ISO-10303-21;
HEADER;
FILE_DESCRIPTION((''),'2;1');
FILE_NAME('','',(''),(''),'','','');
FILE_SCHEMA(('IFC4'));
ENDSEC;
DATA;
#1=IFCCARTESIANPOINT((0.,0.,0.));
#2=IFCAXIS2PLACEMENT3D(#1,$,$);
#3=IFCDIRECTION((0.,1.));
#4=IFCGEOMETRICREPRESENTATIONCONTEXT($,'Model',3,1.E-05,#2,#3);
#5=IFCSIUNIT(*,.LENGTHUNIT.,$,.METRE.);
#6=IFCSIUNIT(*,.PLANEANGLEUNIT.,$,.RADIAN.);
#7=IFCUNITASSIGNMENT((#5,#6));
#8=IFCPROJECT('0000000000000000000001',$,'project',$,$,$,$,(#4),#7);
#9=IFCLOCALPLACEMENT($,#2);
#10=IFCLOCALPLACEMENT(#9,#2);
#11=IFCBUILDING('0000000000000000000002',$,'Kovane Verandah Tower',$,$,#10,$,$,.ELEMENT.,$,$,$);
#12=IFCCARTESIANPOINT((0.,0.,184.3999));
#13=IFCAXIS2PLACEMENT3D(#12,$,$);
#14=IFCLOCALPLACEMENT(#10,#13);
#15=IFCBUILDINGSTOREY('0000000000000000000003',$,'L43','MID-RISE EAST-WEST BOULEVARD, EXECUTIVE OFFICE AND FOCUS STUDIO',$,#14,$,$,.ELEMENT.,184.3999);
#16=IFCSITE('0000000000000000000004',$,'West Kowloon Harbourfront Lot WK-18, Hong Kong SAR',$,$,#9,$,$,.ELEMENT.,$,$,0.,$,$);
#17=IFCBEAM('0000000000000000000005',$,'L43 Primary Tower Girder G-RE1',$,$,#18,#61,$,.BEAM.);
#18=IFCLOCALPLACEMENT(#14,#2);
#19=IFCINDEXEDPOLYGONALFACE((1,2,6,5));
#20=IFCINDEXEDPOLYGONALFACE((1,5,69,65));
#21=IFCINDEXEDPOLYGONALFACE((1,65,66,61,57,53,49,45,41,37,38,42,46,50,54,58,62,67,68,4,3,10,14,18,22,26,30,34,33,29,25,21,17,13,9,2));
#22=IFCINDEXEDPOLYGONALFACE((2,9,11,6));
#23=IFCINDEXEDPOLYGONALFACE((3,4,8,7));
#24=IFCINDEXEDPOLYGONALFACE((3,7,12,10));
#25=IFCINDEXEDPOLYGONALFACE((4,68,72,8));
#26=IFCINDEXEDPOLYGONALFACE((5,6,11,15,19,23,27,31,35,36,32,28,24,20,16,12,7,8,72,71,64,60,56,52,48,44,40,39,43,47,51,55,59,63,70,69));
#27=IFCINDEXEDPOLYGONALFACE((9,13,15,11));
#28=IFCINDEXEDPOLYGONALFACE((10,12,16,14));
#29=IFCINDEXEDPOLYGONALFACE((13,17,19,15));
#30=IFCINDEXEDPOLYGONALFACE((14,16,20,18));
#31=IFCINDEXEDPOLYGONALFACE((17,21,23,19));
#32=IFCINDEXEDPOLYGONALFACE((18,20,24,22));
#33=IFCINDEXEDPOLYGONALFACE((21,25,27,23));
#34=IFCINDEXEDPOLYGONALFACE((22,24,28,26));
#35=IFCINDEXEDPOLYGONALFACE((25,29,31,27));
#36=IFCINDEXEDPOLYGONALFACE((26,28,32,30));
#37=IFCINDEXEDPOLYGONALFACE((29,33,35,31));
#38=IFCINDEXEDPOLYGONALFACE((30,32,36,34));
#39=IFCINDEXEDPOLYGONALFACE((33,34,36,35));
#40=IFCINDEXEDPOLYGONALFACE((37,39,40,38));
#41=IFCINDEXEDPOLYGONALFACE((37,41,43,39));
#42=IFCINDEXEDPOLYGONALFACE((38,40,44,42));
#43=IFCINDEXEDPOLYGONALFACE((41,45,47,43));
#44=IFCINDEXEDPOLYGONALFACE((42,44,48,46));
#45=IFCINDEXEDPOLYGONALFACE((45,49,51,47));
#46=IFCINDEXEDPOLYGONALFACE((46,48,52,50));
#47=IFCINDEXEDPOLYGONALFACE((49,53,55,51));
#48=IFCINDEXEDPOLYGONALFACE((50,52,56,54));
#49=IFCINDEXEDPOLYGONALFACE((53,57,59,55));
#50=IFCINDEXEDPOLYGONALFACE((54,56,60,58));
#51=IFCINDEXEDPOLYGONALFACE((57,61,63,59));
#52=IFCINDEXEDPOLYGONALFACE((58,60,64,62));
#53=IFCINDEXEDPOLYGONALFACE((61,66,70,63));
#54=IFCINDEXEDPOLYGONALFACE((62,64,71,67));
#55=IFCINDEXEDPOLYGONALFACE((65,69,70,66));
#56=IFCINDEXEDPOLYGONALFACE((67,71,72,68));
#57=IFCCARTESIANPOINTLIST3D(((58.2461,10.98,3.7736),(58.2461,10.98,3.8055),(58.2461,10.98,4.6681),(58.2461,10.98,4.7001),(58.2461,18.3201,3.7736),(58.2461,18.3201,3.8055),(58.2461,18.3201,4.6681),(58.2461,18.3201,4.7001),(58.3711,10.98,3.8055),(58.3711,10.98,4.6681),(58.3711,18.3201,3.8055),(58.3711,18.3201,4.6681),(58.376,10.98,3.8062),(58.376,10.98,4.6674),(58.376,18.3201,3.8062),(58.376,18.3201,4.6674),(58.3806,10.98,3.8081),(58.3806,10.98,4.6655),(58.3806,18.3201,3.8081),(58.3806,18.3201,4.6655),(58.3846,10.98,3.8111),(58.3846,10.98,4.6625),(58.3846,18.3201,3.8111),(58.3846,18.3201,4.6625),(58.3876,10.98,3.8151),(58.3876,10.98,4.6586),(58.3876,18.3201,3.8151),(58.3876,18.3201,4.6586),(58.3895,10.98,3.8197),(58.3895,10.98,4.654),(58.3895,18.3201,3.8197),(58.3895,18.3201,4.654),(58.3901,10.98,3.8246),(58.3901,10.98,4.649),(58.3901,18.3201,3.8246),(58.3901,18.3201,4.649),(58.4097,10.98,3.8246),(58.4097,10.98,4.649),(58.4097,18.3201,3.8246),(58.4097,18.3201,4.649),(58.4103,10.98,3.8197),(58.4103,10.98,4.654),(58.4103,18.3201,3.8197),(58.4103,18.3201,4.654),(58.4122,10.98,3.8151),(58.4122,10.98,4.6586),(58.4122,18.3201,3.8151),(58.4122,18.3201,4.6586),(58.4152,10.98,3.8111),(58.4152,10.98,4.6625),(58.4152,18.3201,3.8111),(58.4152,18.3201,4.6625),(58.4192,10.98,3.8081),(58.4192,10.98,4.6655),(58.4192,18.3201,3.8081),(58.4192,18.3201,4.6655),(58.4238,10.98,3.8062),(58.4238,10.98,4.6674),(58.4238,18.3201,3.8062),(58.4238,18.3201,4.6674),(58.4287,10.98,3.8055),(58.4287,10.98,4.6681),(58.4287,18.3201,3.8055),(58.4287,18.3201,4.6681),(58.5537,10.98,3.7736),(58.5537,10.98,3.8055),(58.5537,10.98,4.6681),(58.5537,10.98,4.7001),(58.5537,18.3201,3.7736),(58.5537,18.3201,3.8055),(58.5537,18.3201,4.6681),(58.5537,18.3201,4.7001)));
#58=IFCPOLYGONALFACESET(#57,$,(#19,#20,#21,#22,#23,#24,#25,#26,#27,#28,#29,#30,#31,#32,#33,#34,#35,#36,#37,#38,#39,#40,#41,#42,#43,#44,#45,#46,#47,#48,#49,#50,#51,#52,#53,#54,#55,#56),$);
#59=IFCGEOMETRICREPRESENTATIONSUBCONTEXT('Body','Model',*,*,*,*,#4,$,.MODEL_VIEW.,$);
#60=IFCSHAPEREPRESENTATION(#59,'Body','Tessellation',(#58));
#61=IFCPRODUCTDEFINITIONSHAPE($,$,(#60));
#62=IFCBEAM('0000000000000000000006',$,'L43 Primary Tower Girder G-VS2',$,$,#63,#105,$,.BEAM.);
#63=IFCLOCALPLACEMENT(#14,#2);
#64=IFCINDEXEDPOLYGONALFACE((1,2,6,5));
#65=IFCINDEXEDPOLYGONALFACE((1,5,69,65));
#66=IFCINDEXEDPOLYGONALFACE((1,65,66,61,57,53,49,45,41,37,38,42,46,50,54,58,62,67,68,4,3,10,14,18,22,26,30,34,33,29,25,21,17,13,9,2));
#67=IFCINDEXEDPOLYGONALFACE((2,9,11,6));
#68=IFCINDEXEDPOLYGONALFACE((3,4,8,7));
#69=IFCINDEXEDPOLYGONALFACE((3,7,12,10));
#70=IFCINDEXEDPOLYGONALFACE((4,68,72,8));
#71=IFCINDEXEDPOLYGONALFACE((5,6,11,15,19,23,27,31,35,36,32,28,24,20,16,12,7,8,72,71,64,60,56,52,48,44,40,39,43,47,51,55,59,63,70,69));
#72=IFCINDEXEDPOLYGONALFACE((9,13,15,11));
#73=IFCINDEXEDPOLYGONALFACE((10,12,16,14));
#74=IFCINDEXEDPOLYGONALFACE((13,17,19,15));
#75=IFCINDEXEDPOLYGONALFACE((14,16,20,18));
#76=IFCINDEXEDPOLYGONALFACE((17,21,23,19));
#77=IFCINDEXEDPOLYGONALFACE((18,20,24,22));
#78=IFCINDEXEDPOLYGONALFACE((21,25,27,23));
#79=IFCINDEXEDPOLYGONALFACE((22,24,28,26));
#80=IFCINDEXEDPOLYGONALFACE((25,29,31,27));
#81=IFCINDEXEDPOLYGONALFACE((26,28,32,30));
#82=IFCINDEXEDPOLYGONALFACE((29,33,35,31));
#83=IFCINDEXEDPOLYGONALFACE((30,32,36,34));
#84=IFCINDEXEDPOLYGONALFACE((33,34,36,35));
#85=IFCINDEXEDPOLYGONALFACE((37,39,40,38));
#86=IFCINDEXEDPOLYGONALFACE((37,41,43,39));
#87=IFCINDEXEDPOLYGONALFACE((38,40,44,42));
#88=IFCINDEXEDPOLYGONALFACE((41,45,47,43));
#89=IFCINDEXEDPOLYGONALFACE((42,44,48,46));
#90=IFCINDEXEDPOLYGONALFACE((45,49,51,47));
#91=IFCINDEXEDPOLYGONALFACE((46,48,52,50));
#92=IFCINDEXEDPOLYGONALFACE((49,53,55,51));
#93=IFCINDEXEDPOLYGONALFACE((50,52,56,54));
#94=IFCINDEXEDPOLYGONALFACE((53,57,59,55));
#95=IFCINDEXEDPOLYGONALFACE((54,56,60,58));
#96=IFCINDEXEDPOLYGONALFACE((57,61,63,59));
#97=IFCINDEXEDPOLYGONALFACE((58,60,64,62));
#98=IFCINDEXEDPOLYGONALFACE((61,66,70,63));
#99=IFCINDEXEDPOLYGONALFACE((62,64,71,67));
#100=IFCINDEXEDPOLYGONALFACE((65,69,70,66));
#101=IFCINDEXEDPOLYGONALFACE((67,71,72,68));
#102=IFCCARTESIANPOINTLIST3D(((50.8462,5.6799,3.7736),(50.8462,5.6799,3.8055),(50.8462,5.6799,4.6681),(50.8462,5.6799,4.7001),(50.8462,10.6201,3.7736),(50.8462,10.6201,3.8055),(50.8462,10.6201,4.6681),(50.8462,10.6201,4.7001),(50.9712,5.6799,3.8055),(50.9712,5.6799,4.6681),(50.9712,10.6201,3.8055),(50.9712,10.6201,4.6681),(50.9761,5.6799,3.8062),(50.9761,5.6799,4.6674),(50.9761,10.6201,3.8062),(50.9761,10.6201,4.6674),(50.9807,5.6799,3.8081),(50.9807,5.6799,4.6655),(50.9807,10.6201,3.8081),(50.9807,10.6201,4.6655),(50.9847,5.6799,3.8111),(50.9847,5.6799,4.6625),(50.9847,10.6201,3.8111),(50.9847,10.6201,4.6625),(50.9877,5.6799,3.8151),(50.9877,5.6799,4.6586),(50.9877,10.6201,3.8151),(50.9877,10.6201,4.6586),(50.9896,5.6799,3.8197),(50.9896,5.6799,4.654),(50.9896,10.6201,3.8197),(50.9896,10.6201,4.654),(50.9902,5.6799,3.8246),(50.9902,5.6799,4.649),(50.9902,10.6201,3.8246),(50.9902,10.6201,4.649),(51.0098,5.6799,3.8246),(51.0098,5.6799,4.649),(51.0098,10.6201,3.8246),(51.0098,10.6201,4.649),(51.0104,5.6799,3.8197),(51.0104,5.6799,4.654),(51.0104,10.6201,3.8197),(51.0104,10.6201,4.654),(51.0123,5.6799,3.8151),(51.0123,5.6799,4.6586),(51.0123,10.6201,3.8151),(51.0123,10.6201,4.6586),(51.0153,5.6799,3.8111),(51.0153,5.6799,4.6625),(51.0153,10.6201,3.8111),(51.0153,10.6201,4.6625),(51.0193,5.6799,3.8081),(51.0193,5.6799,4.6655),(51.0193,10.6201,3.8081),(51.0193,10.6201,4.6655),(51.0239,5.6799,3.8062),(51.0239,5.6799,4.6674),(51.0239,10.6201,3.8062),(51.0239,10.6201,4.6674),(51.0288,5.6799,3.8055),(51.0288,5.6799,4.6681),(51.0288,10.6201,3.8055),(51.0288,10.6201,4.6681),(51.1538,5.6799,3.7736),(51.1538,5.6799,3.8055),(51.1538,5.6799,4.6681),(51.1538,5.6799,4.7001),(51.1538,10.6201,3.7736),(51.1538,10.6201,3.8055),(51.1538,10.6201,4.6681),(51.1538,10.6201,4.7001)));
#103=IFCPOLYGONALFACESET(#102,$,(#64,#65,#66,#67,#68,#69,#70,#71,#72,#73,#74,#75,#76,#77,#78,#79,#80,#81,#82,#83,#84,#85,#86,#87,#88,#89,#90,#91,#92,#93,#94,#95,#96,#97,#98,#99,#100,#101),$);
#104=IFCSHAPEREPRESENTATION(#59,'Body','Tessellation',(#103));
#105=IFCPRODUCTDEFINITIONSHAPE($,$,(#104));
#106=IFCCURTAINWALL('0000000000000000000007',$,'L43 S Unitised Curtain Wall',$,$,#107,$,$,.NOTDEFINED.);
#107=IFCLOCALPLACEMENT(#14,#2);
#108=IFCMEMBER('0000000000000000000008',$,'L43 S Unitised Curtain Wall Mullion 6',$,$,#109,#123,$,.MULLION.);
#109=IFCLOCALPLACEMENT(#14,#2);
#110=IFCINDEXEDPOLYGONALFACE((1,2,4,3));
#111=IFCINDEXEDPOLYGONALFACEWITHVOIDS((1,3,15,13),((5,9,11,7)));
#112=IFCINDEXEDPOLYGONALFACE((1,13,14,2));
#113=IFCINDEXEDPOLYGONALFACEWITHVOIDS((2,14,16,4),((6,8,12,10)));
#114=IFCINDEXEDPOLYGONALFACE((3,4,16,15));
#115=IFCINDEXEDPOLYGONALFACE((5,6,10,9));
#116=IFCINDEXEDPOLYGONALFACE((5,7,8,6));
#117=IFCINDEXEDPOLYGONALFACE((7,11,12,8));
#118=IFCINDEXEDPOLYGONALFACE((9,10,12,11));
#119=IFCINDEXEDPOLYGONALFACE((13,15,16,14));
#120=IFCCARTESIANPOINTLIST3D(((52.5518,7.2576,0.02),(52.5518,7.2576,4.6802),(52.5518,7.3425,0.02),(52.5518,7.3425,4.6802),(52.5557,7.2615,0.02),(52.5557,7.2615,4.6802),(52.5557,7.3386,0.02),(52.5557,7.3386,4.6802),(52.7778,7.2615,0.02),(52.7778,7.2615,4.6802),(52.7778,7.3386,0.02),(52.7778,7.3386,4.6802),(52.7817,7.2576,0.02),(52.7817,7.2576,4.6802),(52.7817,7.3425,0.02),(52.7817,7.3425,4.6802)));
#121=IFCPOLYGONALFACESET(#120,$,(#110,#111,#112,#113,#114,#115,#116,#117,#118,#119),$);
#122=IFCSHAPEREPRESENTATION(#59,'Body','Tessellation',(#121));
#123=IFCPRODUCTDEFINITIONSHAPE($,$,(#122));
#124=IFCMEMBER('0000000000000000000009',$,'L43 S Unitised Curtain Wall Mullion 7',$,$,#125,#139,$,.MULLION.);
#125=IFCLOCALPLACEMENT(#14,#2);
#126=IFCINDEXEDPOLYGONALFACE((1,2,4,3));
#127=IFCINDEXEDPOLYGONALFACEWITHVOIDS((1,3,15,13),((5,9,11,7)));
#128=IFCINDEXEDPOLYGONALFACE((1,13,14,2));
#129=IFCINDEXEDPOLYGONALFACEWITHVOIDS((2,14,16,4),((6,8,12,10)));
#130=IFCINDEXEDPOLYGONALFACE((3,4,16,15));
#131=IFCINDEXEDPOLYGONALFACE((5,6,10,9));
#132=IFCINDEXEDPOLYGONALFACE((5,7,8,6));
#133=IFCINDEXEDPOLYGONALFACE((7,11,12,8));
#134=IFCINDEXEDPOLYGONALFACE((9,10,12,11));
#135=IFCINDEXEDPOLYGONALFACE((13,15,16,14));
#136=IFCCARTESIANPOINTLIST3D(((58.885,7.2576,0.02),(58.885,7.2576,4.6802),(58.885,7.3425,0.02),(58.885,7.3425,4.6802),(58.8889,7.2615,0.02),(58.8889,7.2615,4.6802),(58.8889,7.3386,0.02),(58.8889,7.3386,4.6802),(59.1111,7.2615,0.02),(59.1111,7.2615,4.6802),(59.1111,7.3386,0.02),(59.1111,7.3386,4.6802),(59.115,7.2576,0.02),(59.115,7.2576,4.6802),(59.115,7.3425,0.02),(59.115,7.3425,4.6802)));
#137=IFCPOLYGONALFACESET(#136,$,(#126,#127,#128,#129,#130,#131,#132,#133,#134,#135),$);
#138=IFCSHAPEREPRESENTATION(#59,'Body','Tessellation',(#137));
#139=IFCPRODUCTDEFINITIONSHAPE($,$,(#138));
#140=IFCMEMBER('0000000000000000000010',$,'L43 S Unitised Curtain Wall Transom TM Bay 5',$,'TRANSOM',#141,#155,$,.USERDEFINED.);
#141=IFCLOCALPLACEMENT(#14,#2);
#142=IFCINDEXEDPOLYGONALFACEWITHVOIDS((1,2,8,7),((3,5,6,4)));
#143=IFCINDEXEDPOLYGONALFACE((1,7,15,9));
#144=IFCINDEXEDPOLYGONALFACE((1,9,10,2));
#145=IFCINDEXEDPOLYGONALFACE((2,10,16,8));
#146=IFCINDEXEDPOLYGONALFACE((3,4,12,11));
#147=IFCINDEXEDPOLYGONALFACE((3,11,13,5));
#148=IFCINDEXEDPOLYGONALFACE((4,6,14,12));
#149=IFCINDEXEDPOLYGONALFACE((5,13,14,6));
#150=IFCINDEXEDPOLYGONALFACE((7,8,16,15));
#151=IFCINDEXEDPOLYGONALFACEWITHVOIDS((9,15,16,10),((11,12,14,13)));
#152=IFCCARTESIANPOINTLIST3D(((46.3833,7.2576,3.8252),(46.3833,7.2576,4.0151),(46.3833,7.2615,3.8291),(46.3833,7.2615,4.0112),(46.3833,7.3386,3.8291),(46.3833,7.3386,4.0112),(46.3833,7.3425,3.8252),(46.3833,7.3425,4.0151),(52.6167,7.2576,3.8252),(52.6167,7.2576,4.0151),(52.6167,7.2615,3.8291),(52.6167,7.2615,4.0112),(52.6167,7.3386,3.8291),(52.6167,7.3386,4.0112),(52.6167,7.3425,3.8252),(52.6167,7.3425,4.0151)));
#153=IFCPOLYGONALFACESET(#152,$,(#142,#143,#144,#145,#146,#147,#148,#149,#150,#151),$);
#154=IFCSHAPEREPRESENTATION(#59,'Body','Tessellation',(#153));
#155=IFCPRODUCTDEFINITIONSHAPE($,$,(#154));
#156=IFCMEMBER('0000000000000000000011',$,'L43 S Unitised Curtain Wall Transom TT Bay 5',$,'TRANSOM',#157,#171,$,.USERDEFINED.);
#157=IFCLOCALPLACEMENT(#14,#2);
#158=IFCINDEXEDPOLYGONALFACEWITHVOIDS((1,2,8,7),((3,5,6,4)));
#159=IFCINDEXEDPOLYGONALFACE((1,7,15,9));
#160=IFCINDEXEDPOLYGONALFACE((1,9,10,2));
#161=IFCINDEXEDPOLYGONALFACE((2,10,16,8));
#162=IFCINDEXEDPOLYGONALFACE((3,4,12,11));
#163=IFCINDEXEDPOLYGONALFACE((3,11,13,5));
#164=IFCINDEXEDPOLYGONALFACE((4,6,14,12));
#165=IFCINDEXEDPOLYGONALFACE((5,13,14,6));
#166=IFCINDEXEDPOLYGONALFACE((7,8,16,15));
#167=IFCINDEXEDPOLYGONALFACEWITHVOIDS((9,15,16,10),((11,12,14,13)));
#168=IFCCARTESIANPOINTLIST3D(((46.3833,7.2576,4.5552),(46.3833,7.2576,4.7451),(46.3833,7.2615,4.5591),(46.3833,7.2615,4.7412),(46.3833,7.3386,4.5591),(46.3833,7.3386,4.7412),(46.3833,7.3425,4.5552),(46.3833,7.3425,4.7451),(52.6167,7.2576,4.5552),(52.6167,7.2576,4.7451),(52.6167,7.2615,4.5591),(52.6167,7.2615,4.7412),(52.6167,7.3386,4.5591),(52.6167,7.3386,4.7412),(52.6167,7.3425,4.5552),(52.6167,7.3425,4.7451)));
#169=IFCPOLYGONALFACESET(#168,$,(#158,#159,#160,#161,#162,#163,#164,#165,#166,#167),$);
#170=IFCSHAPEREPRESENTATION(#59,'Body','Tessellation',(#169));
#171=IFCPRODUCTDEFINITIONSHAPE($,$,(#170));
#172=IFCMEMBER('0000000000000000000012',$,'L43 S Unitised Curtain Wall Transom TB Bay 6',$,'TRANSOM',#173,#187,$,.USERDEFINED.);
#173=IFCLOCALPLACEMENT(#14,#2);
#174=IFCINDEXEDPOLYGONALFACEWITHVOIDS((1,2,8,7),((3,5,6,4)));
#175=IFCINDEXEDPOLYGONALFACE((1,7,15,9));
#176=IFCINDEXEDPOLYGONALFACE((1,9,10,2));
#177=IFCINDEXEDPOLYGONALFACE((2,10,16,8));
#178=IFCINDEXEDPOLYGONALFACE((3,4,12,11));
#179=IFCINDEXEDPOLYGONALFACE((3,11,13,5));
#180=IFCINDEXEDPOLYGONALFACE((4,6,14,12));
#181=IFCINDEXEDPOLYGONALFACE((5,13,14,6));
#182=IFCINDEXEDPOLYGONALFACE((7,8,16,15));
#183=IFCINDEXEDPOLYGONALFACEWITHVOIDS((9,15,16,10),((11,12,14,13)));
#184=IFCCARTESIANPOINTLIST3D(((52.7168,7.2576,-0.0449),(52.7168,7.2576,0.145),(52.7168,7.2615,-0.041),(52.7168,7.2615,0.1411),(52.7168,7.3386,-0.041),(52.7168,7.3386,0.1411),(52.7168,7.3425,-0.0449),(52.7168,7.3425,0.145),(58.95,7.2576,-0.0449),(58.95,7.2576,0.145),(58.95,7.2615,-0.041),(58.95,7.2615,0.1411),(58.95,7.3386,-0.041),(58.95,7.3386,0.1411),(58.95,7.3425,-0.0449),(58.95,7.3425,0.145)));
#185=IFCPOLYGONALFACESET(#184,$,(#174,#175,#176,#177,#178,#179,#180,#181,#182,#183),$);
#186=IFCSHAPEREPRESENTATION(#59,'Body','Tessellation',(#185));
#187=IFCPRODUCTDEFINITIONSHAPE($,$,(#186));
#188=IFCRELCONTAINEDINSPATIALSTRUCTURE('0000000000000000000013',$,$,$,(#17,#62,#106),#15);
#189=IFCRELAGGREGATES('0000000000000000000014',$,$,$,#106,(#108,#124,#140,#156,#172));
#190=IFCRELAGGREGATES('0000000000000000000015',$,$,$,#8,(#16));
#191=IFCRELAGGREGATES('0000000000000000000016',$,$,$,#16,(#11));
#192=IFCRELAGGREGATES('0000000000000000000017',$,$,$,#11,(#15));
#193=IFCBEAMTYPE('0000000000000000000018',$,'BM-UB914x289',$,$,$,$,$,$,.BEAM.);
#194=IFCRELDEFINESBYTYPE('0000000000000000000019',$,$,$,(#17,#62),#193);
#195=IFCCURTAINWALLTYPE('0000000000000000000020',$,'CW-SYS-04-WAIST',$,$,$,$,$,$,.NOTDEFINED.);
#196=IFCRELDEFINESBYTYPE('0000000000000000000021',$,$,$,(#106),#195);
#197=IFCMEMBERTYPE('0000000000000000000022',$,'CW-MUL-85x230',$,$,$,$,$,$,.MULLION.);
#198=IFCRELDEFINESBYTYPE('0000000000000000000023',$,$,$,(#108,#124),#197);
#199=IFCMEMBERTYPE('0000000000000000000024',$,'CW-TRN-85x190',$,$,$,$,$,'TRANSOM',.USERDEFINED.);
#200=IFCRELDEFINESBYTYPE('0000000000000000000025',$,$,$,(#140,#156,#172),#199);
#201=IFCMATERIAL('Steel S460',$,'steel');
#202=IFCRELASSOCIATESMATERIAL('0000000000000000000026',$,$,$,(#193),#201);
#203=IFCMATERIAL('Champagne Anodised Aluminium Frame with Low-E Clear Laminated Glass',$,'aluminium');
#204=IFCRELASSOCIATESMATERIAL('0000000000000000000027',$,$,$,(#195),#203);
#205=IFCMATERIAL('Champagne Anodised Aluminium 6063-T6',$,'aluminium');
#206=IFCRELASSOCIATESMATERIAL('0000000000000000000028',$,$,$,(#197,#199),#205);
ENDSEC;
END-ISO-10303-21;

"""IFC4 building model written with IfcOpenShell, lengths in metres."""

from ifc_helpers import new_model, si_unit, direction, frame, origin, origin_2d, place, context, subcontext, project, spatial, hollow_rectangle, i_section, extrude, material, material_profile, profile_set, type_object, element, aggregate, save


model = new_model("IFC4")

# Units and contexts
model_context = context("Model", 3, precision=1e-05, world=origin(), true_north=direction((0.0, 1.0)))
body_context = subcontext(model_context, "Body", "Model", "MODEL_VIEW")
ifc_project = project(units=[si_unit("LENGTHUNIT", "METRE"), si_unit("PLANEANGLEUNIT", "RADIAN")], contexts=[model_context])

# Site, building, storey
site_placement = place(None, origin())
site = spatial("IfcSite", under=ifc_project, at=site_placement, Name="West Kowloon Harbourfront Lot WK-18, Hong Kong SAR", CompositionType="ELEMENT", RefElevation=0.0)
building_placement = place(site_placement, origin())
building = spatial("IfcBuilding", under=site, at=building_placement, Name="Kovane Verandah Tower", CompositionType="ELEMENT")
storey_placement = place(building_placement, frame((0.0, 0.0, 184.3999)))
storey = spatial("IfcBuildingStorey", under=building, at=storey_placement, Name="L43", Description="MID-RISE EAST-WEST BOULEVARD, EXECUTIVE OFFICE AND FOCUS STUDIO", CompositionType="ELEMENT", Elevation=184.3999)

# Shared definitions
ifc_material_1 = material(Name="Steel S460", Category="steel")

# Beams
ifc_material_profile_1 = material_profile(ifc_material_1, i_section(OverallWidth=0.3076, OverallDepth=0.9265, WebThickness=0.0195, FlangeThickness=0.032, FilletRadius=0.019, at=origin_2d()), Name="UB914x305x289")
ifc_profile_set_1 = profile_set([ifc_material_profile_1], Name="Steel S460")
beam_type_1 = type_object("IfcBeamType", Name="BM-UB914x289", PredefinedType="BEAM", material=ifc_profile_set_1)
beam_1_placement = place(storey_placement, frame((58.3999, 10.98, 4.2368), z_axis=(0.0, 1.0, 0.0), x_axis=(-1.0, 0.0, 0.0)))
element("IfcBeam", 1, at=beam_1_placement, inside=storey, type_object=beam_type_1, Name="L43 Primary Tower Girder G-RE1", PredefinedType="BEAM", context=body_context, shape_type="SweptSolid", body=[
    extrude(i_section(OverallWidth=0.3076, OverallDepth=0.9265, WebThickness=0.0195, FlangeThickness=0.032, FilletRadius=0.019, at=origin_2d()), origin(), (0.0, 0.0, 1.0), 7.3401),
])
beam_2_placement = place(storey_placement, frame((51.0, 10.6201, 4.2368), z_axis=(0.0, -1.0, 0.0), x_axis=(1.0, 0.0, 0.0)))
element("IfcBeam", 2, at=beam_2_placement, inside=storey, type_object=beam_type_1, Name="L43 Primary Tower Girder G-VS2", PredefinedType="BEAM", context=body_context, shape_type="SweptSolid", body=[
    extrude(i_section(OverallWidth=0.3076, OverallDepth=0.9265, WebThickness=0.0195, FlangeThickness=0.032, FilletRadius=0.019, at=origin_2d()), origin(), (0.0, 0.0, 1.0), 4.9402),
])

# Curtain wall, members
ifc_material_2 = material(Name="Champagne Anodised Aluminium Frame with Low-E Clear Laminated Glass", Category="aluminium")
curtain_wall_type = type_object("IfcCurtainWallType", Name="CW-SYS-04-WAIST", PredefinedType="NOTDEFINED", material=ifc_material_2)
curtain_wall_placement = place(storey_placement, origin())
curtain_wall = element("IfcCurtainWall", 3, at=curtain_wall_placement, inside=storey, type_object=curtain_wall_type, Name="L43 S Unitised Curtain Wall", PredefinedType="NOTDEFINED")
ifc_material_3 = material(Name="Champagne Anodised Aluminium 6063-T6", Category="aluminium")
ifc_material_profile_2 = material_profile(ifc_material_3, hollow_rectangle(XDim=0.085, YDim=0.23, WallThickness=0.0039, at=origin_2d()), Name="AL85x230x4")
ifc_profile_set_2 = profile_set([ifc_material_profile_2], Name="Champagne Anodised Aluminium 6063-T6")
member_type_1 = type_object("IfcMemberType", Name="CW-MUL-85x230", PredefinedType="MULLION", material=ifc_profile_set_2)
member_1_placement = place(storey_placement, frame((52.6667, 7.3, 0.02), z_axis=(0.0, 0.0, 1.0), x_axis=(0.0, -1.0, 0.0)))
member_1 = element("IfcMember", 4, at=member_1_placement, type_object=member_type_1, Name="L43 S Unitised Curtain Wall Mullion 6", PredefinedType="MULLION", context=body_context, shape_type="SweptSolid", body=[
    extrude(hollow_rectangle(XDim=0.085, YDim=0.23, WallThickness=0.0039, at=origin_2d()), origin(), (0.0, 0.0, 1.0), 4.6602),
])
member_2_placement = place(storey_placement, frame((59.0, 7.3, 0.02), z_axis=(0.0, 0.0, 1.0), x_axis=(0.0, -1.0, 0.0)))
member_2 = element("IfcMember", 5, at=member_2_placement, type_object=member_type_1, Name="L43 S Unitised Curtain Wall Mullion 7", PredefinedType="MULLION", context=body_context, shape_type="SweptSolid", body=[
    extrude(hollow_rectangle(XDim=0.085, YDim=0.23, WallThickness=0.0039, at=origin_2d()), origin(), (0.0, 0.0, 1.0), 4.6602),
])
ifc_material_profile_3 = material_profile(ifc_material_3, hollow_rectangle(XDim=0.085, YDim=0.1899, WallThickness=0.0039, at=origin_2d()), Name="AL85x190x4")
ifc_profile_set_3 = profile_set([ifc_material_profile_3], Name="Champagne Anodised Aluminium 6063-T6")
member_type_2 = type_object("IfcMemberType", Name="CW-TRN-85x190", ElementType="TRANSOM", PredefinedType="USERDEFINED", material=ifc_profile_set_3)
member_3_placement = place(storey_placement, frame((46.3833, 7.3, 3.9202), z_axis=(1.0, 0.0, 0.0), x_axis=(0.0, 1.0, 0.0)))
member_3 = element("IfcMember", 6, at=member_3_placement, type_object=member_type_2, Name="L43 S Unitised Curtain Wall Transom TM Bay 5", ObjectType="TRANSOM", PredefinedType="USERDEFINED", context=body_context, shape_type="SweptSolid", body=[
    extrude(hollow_rectangle(XDim=0.085, YDim=0.1899, WallThickness=0.0039, at=origin_2d()), origin(), (0.0, 0.0, 1.0), 6.2334),
])
member_4_placement = place(storey_placement, frame((46.3833, 7.3, 4.6501), z_axis=(1.0, 0.0, 0.0), x_axis=(0.0, 1.0, 0.0)))
member_4 = element("IfcMember", 7, at=member_4_placement, type_object=member_type_2, Name="L43 S Unitised Curtain Wall Transom TT Bay 5", ObjectType="TRANSOM", PredefinedType="USERDEFINED", context=body_context, shape_type="SweptSolid", body=[
    extrude(hollow_rectangle(XDim=0.085, YDim=0.1899, WallThickness=0.0039, at=origin_2d()), origin(), (0.0, 0.0, 1.0), 6.2334),
])
member_5_placement = place(storey_placement, frame((52.7168, 7.3, 0.05), z_axis=(1.0, 0.0, 0.0), x_axis=(0.0, 1.0, 0.0)))
member_5 = element("IfcMember", 8, at=member_5_placement, type_object=member_type_2, Name="L43 S Unitised Curtain Wall Transom TB Bay 6", ObjectType="TRANSOM", PredefinedType="USERDEFINED", context=body_context, shape_type="SweptSolid", body=[
    extrude(hollow_rectangle(XDim=0.085, YDim=0.1899, WallThickness=0.0039, at=origin_2d()), origin(), (0.0, 0.0, 1.0), 6.2332),
])
aggregate(curtain_wall, [member_1, member_2, member_3, member_4, member_5])

save(model, "model.ifc")
